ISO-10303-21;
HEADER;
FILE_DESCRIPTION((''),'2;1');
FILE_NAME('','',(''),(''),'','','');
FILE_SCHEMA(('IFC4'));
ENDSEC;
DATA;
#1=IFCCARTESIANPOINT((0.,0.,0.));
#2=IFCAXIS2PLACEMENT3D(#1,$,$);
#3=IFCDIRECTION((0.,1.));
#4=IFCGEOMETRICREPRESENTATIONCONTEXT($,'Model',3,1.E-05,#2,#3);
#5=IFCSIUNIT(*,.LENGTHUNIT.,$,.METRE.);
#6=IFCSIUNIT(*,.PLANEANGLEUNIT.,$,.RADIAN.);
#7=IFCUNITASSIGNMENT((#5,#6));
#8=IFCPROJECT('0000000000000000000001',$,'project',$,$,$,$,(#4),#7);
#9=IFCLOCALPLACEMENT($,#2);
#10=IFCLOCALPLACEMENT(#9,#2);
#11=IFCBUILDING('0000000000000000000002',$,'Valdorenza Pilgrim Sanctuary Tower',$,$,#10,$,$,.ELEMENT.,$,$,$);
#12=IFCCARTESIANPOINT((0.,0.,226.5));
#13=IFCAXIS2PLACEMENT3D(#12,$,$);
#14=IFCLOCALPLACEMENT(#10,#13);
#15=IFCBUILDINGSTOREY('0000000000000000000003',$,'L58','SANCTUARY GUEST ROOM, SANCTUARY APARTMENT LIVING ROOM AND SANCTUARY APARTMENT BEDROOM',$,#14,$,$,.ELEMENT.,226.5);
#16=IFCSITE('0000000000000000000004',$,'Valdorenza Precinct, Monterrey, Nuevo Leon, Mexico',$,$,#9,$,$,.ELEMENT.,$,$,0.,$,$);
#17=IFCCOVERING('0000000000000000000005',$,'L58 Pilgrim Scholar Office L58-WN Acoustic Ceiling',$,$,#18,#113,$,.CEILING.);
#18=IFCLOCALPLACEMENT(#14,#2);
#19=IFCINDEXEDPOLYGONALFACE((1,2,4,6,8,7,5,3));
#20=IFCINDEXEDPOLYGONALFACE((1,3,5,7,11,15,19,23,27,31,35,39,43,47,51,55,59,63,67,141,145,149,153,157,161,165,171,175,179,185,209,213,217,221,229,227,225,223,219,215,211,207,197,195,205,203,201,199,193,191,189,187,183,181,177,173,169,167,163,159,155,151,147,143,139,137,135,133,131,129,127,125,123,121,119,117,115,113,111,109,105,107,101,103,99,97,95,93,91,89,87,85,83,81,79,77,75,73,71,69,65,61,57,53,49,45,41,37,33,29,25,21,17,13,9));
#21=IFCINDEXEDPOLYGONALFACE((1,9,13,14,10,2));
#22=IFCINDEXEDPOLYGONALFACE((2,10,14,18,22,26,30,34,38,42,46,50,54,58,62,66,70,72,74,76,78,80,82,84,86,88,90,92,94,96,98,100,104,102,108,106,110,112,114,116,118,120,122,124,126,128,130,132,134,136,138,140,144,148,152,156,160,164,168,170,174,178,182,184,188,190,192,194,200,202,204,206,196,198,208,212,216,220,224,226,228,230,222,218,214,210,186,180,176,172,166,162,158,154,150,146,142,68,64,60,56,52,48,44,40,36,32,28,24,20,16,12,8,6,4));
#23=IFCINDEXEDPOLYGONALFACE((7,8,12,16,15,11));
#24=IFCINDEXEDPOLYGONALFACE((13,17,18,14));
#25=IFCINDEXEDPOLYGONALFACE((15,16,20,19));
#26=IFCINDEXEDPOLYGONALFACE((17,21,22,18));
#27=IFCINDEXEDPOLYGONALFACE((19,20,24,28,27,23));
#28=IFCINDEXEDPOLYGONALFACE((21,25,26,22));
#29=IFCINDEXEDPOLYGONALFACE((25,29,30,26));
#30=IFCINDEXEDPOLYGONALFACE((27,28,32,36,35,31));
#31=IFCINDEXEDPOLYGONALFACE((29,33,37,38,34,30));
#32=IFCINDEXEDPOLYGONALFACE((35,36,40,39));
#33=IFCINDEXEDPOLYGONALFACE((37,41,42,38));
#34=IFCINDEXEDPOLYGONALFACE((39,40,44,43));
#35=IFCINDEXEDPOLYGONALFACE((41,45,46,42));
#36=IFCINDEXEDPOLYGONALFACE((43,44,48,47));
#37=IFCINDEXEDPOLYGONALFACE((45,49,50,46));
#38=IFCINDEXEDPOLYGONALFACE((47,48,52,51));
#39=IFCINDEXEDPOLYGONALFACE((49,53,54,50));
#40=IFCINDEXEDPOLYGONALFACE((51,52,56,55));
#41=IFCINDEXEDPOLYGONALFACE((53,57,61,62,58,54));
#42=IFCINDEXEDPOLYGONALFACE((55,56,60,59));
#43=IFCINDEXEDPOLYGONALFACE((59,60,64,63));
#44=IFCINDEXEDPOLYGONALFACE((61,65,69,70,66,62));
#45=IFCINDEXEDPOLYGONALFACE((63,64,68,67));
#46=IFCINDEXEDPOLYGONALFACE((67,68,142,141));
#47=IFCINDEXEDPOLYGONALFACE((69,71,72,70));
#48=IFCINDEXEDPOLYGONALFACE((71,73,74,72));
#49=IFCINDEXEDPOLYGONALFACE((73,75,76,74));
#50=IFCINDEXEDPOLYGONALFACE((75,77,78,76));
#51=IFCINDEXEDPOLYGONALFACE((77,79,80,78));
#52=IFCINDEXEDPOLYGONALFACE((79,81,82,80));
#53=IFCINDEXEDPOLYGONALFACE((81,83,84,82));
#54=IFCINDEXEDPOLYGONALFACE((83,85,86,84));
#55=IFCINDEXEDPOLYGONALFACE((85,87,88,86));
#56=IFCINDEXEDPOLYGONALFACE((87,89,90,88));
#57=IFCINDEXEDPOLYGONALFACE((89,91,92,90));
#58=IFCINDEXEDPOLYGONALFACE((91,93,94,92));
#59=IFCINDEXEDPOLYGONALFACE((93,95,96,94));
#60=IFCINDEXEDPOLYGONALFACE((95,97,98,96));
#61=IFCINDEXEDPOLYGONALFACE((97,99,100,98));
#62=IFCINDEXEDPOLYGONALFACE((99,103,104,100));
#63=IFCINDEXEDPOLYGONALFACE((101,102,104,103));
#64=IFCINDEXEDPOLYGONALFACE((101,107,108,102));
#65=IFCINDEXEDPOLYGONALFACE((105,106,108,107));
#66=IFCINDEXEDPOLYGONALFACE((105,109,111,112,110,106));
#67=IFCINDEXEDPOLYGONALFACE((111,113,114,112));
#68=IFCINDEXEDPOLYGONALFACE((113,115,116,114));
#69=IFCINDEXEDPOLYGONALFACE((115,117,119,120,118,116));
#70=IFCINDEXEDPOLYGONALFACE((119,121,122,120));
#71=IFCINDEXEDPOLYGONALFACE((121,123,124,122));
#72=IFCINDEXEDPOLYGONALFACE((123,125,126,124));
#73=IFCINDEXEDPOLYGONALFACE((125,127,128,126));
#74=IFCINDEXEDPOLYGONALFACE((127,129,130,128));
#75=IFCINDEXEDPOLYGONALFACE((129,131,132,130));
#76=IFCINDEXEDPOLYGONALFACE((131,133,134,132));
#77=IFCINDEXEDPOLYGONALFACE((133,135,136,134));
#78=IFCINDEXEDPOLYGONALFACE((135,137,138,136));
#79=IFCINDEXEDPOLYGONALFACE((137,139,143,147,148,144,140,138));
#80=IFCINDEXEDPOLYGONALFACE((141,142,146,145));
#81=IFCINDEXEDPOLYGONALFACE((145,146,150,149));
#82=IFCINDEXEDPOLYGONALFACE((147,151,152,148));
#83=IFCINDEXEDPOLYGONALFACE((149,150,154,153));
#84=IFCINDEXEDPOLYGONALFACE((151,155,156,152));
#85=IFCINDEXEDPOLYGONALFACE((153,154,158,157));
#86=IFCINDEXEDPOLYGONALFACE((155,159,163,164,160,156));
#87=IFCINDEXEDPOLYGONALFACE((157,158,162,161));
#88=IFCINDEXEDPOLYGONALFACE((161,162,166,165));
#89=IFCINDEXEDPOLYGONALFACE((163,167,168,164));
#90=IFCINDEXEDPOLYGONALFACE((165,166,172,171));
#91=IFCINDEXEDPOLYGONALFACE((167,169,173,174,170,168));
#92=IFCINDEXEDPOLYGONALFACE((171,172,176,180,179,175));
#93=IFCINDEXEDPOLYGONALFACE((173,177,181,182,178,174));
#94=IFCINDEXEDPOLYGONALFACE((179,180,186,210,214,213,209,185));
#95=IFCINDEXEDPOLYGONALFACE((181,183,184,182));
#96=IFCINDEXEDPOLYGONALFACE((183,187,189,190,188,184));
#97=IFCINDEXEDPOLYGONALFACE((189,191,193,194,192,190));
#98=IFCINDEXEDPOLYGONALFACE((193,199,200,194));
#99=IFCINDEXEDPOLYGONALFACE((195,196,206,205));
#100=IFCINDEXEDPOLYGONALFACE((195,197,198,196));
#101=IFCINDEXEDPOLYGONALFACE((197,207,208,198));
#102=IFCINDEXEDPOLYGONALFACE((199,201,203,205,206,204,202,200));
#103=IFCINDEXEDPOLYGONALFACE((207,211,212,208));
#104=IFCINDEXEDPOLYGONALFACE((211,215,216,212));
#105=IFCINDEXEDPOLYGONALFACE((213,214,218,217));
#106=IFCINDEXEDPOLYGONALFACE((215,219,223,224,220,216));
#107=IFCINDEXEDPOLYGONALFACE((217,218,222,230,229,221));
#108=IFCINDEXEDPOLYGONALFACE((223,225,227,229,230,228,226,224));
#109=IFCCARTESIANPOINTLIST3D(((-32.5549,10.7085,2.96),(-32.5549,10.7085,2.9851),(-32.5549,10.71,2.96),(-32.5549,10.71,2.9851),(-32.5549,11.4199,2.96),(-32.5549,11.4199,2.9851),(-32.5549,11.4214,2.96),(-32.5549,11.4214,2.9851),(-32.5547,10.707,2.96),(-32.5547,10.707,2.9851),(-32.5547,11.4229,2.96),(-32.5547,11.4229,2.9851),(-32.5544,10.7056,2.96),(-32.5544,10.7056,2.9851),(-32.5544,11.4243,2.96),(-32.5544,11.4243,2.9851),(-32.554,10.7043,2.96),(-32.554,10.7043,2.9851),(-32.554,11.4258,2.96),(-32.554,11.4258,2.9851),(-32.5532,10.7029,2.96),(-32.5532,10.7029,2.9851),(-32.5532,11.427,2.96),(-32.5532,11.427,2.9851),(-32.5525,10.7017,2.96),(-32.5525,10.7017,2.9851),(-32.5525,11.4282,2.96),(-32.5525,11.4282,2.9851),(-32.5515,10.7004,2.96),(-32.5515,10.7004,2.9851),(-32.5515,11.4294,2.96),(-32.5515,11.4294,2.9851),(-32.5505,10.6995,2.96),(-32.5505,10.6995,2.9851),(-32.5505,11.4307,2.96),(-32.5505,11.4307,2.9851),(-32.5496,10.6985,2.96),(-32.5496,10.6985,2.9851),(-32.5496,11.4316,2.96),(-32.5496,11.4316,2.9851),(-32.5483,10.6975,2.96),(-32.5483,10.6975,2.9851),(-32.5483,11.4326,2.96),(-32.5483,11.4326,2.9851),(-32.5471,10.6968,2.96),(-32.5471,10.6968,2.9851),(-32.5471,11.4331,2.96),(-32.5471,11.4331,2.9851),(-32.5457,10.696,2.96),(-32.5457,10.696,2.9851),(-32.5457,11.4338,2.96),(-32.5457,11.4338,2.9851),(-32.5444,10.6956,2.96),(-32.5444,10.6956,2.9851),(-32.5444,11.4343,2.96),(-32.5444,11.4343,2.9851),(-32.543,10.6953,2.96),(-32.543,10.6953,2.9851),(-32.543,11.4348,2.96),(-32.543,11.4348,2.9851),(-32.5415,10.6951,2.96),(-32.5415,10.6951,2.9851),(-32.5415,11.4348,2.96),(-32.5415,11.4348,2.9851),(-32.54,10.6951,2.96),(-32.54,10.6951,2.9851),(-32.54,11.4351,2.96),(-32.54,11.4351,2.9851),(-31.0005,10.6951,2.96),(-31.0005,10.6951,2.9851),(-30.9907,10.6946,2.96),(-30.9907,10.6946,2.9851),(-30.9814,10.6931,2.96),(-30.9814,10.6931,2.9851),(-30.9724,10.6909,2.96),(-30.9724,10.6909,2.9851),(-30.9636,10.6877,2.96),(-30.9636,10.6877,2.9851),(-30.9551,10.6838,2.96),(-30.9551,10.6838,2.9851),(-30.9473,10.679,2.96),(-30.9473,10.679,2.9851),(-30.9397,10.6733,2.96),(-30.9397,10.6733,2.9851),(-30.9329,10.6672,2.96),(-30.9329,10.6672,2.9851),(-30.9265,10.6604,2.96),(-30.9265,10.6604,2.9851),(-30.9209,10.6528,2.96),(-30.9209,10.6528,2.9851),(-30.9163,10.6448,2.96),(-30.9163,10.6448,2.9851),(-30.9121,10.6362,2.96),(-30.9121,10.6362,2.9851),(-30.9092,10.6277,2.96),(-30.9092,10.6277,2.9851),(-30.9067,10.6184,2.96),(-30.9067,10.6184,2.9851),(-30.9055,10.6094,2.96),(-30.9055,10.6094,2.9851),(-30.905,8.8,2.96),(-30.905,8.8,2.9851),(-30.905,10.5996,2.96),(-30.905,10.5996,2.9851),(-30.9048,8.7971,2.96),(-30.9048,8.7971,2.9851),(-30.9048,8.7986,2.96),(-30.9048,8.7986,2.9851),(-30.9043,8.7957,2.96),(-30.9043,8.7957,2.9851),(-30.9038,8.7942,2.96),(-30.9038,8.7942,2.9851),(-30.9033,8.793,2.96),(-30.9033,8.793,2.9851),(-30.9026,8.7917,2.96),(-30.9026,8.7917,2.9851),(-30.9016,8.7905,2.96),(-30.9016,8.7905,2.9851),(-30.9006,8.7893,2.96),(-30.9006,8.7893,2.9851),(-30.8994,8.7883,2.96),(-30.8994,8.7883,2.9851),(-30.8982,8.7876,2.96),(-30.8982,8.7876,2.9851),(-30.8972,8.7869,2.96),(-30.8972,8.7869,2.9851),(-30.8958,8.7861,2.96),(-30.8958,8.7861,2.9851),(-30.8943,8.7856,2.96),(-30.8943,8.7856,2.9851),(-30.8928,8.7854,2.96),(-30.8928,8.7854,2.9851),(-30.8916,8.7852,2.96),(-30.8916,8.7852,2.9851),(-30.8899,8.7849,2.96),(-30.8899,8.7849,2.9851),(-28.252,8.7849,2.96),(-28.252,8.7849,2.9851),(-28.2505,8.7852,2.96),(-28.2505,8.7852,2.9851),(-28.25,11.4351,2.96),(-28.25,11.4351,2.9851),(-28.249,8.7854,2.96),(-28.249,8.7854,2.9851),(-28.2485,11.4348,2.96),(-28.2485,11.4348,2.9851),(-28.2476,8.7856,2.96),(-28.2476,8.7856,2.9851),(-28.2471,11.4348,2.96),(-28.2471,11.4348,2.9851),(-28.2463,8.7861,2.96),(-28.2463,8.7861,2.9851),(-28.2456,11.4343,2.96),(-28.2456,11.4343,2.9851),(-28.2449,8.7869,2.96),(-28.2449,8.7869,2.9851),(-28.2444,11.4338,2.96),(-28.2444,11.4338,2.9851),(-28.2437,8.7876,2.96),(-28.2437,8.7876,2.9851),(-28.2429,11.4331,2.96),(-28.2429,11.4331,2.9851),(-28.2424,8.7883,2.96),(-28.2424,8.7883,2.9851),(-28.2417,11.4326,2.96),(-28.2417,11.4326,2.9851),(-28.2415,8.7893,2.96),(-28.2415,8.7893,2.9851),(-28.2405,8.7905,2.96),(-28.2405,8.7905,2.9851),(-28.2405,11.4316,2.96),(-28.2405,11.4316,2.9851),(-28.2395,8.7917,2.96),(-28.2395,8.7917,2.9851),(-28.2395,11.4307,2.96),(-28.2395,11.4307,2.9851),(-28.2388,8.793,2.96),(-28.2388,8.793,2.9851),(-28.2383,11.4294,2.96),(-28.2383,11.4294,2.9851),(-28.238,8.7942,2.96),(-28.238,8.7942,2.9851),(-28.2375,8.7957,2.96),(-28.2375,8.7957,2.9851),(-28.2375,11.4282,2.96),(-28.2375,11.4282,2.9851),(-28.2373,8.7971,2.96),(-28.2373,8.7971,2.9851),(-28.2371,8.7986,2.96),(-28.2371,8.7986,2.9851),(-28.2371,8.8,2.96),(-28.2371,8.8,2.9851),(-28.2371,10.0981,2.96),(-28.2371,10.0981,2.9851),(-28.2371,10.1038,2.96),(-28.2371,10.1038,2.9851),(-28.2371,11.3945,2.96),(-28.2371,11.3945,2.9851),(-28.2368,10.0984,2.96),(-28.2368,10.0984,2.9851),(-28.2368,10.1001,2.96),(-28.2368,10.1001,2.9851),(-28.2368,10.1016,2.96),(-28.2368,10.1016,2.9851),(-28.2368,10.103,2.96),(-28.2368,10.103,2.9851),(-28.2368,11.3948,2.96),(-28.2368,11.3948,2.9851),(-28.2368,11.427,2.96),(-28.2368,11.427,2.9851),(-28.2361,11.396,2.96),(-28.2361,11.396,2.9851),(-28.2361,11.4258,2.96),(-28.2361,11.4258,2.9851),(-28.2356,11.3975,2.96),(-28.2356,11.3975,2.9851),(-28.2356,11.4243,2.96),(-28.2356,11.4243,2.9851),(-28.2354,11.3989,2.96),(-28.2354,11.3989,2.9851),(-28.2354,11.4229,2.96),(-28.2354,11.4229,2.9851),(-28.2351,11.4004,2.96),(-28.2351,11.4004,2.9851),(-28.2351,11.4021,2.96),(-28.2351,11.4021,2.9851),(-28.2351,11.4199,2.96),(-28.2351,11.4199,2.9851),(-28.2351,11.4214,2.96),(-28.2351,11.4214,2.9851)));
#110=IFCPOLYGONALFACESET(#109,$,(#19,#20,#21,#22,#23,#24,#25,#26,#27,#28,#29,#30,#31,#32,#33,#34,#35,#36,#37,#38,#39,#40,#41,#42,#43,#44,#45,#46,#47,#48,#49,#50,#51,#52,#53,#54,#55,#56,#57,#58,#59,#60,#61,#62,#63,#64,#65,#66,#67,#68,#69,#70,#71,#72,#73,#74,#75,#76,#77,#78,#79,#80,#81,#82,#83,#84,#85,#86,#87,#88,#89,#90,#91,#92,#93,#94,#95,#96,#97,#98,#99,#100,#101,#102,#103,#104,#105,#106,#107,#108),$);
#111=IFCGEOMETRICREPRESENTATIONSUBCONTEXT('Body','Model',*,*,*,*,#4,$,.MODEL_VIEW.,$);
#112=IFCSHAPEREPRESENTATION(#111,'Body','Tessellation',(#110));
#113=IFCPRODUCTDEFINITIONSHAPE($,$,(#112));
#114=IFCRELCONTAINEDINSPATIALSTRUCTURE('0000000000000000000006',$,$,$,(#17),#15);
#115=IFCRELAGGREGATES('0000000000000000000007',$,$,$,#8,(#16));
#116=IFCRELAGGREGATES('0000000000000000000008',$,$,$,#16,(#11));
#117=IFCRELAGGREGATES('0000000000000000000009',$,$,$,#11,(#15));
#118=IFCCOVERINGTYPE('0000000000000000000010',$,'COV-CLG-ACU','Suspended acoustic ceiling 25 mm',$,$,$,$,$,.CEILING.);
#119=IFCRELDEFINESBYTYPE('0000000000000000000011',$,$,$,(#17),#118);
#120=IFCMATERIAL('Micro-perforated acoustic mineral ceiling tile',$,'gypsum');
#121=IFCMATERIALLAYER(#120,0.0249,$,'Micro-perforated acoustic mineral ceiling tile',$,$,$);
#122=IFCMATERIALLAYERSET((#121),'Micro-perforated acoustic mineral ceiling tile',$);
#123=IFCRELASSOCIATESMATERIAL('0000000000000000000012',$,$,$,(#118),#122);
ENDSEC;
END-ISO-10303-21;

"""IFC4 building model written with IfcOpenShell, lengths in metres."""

from ifc_helpers import new_model, si_unit, direction, frame, origin, place, context, subcontext, project, spatial, polyline, outline, extrude, material, layer, layer_set, type_object, element, save


model = new_model("IFC4")

# Units and contexts
model_context = context("Model", 3, precision=1e-05, world=origin(), true_north=direction((0.0, 1.0)))
body_context = subcontext(model_context, "Body", "Model", "MODEL_VIEW")
ifc_project = project(units=[si_unit("LENGTHUNIT", "METRE"), si_unit("PLANEANGLEUNIT", "RADIAN")], contexts=[model_context])

# Site, building, storey
site_placement = place(None, origin())
site = spatial("IfcSite", under=ifc_project, at=site_placement, Name="Valdorenza Precinct, Monterrey, Nuevo Leon, Mexico", CompositionType="ELEMENT", RefElevation=0.0)
building_placement = place(site_placement, origin())
building = spatial("IfcBuilding", under=site, at=building_placement, Name="Valdorenza Pilgrim Sanctuary Tower", CompositionType="ELEMENT")
storey_placement = place(building_placement, frame((0.0, 0.0, 226.5)))
storey = spatial("IfcBuildingStorey", under=building, at=storey_placement, Name="L58", Description="SANCTUARY GUEST ROOM, SANCTUARY APARTMENT LIVING ROOM AND SANCTUARY APARTMENT BEDROOM", CompositionType="ELEMENT", Elevation=226.5)

# Covering
ifc_material_1 = material(Name="Micro-perforated acoustic mineral ceiling tile", Category="gypsum")
ifc_layer_1 = layer(ifc_material_1, 0.0249, Name="Micro-perforated acoustic mineral ceiling tile")
ifc_layer_set_1 = layer_set([ifc_layer_1], Name="Micro-perforated acoustic mineral ceiling tile")
covering_type_1 = type_object("IfcCoveringType", Name="COV-CLG-ACU", Description="Suspended acoustic ceiling 25 mm", PredefinedType="CEILING", material=ifc_layer_set_1)
covering_1_placement = place(storey_placement, frame((0.0, 0.0, 2.96)))
element("IfcCovering", 1, at=covering_1_placement, inside=storey, type_object=covering_type_1, Name="L58 Pilgrim Scholar Office L58-WN Acoustic Ceiling", PredefinedType="CEILING", context=body_context, shape_type="SweptSolid", body=[
    extrude(outline(polyline([(-28.2371, 11.3945), (-28.2371, 10.1038), (-28.2368, 10.103), (-28.2368, 10.1016), (-28.2368, 10.1001), (-28.2368, 10.0984), (-28.2371, 10.0981), (-28.2371, 8.8), (-28.2371, 8.7986), (-28.2373, 8.7971), (-28.2375, 8.7957), (-28.238, 8.7942), (-28.2388, 8.793), (-28.2395, 8.7917), (-28.2405, 8.7905), (-28.2415, 8.7893), (-28.2424, 8.7883), (-28.2437, 8.7876), (-28.2449, 8.7869), (-28.2463, 8.7861), (-28.2476, 8.7856), (-28.249, 8.7854), (-28.2505, 8.7852), (-28.252, 8.7849), (-30.8899, 8.7849), (-30.8916, 8.7852), (-30.8928, 8.7854), (-30.8943, 8.7856), (-30.8958, 8.7861), (-30.8972, 8.7869), (-30.8982, 8.7876), (-30.8994, 8.7883), (-30.9006, 8.7893), (-30.9016, 8.7905), (-30.9026, 8.7917), (-30.9033, 8.793), (-30.9038, 8.7942), (-30.9043, 8.7957), (-30.9048, 8.7971), (-30.9048, 8.7986), (-30.905, 8.8), (-30.905, 10.5996), (-30.9055, 10.6094), (-30.9067, 10.6184), (-30.9092, 10.6277), (-30.9121, 10.6362), (-30.9163, 10.6448), (-30.9209, 10.6528), (-30.9265, 10.6604), (-30.9329, 10.6672), (-30.9397, 10.6733), (-30.9473, 10.679), (-30.9551, 10.6838), (-30.9636, 10.6877), (-30.9724, 10.6909), (-30.9814, 10.6931), (-30.9907, 10.6946), (-31.0005, 10.6951), (-32.54, 10.6951), (-32.5415, 10.6951), (-32.543, 10.6953), (-32.5444, 10.6956), (-32.5457, 10.696), (-32.5471, 10.6968), (-32.5483, 10.6975), (-32.5496, 10.6985), (-32.5505, 10.6995), (-32.5515, 10.7004), (-32.5525, 10.7017), (-32.5532, 10.7029), (-32.554, 10.7043), (-32.5544, 10.7056), (-32.5547, 10.707), (-32.5549, 10.7085), (-32.5549, 10.71), (-32.5549, 11.4199), (-32.5549, 11.4214), (-32.5547, 11.4229), (-32.5544, 11.4243), (-32.554, 11.4258), (-32.5532, 11.427), (-32.5525, 11.4282), (-32.5515, 11.4294), (-32.5505, 11.4307), (-32.5496, 11.4316), (-32.5483, 11.4326), (-32.5471, 11.4331), (-32.5457, 11.4338), (-32.5444, 11.4343), (-32.543, 11.4348), (-32.5415, 11.4348), (-32.54, 11.4351), (-28.25, 11.4351), (-28.2485, 11.4348), (-28.2471, 11.4348), (-28.2456, 11.4343), (-28.2444, 11.4338), (-28.2429, 11.4331), (-28.2417, 11.4326), (-28.2405, 11.4316), (-28.2395, 11.4307), (-28.2383, 11.4294), (-28.2375, 11.4282), (-28.2368, 11.427), (-28.2361, 11.4258), (-28.2356, 11.4243), (-28.2354, 11.4229), (-28.2351, 11.4214), (-28.2351, 11.4199), (-28.2351, 11.4021), (-28.2351, 11.4004), (-28.2354, 11.3989), (-28.2356, 11.3975), (-28.2361, 11.396), (-28.2368, 11.3948), (-28.2371, 11.3945)])), origin(), (0.0, 0.0, 1.0), 0.0251),
])

save(model, "model.ifc")
